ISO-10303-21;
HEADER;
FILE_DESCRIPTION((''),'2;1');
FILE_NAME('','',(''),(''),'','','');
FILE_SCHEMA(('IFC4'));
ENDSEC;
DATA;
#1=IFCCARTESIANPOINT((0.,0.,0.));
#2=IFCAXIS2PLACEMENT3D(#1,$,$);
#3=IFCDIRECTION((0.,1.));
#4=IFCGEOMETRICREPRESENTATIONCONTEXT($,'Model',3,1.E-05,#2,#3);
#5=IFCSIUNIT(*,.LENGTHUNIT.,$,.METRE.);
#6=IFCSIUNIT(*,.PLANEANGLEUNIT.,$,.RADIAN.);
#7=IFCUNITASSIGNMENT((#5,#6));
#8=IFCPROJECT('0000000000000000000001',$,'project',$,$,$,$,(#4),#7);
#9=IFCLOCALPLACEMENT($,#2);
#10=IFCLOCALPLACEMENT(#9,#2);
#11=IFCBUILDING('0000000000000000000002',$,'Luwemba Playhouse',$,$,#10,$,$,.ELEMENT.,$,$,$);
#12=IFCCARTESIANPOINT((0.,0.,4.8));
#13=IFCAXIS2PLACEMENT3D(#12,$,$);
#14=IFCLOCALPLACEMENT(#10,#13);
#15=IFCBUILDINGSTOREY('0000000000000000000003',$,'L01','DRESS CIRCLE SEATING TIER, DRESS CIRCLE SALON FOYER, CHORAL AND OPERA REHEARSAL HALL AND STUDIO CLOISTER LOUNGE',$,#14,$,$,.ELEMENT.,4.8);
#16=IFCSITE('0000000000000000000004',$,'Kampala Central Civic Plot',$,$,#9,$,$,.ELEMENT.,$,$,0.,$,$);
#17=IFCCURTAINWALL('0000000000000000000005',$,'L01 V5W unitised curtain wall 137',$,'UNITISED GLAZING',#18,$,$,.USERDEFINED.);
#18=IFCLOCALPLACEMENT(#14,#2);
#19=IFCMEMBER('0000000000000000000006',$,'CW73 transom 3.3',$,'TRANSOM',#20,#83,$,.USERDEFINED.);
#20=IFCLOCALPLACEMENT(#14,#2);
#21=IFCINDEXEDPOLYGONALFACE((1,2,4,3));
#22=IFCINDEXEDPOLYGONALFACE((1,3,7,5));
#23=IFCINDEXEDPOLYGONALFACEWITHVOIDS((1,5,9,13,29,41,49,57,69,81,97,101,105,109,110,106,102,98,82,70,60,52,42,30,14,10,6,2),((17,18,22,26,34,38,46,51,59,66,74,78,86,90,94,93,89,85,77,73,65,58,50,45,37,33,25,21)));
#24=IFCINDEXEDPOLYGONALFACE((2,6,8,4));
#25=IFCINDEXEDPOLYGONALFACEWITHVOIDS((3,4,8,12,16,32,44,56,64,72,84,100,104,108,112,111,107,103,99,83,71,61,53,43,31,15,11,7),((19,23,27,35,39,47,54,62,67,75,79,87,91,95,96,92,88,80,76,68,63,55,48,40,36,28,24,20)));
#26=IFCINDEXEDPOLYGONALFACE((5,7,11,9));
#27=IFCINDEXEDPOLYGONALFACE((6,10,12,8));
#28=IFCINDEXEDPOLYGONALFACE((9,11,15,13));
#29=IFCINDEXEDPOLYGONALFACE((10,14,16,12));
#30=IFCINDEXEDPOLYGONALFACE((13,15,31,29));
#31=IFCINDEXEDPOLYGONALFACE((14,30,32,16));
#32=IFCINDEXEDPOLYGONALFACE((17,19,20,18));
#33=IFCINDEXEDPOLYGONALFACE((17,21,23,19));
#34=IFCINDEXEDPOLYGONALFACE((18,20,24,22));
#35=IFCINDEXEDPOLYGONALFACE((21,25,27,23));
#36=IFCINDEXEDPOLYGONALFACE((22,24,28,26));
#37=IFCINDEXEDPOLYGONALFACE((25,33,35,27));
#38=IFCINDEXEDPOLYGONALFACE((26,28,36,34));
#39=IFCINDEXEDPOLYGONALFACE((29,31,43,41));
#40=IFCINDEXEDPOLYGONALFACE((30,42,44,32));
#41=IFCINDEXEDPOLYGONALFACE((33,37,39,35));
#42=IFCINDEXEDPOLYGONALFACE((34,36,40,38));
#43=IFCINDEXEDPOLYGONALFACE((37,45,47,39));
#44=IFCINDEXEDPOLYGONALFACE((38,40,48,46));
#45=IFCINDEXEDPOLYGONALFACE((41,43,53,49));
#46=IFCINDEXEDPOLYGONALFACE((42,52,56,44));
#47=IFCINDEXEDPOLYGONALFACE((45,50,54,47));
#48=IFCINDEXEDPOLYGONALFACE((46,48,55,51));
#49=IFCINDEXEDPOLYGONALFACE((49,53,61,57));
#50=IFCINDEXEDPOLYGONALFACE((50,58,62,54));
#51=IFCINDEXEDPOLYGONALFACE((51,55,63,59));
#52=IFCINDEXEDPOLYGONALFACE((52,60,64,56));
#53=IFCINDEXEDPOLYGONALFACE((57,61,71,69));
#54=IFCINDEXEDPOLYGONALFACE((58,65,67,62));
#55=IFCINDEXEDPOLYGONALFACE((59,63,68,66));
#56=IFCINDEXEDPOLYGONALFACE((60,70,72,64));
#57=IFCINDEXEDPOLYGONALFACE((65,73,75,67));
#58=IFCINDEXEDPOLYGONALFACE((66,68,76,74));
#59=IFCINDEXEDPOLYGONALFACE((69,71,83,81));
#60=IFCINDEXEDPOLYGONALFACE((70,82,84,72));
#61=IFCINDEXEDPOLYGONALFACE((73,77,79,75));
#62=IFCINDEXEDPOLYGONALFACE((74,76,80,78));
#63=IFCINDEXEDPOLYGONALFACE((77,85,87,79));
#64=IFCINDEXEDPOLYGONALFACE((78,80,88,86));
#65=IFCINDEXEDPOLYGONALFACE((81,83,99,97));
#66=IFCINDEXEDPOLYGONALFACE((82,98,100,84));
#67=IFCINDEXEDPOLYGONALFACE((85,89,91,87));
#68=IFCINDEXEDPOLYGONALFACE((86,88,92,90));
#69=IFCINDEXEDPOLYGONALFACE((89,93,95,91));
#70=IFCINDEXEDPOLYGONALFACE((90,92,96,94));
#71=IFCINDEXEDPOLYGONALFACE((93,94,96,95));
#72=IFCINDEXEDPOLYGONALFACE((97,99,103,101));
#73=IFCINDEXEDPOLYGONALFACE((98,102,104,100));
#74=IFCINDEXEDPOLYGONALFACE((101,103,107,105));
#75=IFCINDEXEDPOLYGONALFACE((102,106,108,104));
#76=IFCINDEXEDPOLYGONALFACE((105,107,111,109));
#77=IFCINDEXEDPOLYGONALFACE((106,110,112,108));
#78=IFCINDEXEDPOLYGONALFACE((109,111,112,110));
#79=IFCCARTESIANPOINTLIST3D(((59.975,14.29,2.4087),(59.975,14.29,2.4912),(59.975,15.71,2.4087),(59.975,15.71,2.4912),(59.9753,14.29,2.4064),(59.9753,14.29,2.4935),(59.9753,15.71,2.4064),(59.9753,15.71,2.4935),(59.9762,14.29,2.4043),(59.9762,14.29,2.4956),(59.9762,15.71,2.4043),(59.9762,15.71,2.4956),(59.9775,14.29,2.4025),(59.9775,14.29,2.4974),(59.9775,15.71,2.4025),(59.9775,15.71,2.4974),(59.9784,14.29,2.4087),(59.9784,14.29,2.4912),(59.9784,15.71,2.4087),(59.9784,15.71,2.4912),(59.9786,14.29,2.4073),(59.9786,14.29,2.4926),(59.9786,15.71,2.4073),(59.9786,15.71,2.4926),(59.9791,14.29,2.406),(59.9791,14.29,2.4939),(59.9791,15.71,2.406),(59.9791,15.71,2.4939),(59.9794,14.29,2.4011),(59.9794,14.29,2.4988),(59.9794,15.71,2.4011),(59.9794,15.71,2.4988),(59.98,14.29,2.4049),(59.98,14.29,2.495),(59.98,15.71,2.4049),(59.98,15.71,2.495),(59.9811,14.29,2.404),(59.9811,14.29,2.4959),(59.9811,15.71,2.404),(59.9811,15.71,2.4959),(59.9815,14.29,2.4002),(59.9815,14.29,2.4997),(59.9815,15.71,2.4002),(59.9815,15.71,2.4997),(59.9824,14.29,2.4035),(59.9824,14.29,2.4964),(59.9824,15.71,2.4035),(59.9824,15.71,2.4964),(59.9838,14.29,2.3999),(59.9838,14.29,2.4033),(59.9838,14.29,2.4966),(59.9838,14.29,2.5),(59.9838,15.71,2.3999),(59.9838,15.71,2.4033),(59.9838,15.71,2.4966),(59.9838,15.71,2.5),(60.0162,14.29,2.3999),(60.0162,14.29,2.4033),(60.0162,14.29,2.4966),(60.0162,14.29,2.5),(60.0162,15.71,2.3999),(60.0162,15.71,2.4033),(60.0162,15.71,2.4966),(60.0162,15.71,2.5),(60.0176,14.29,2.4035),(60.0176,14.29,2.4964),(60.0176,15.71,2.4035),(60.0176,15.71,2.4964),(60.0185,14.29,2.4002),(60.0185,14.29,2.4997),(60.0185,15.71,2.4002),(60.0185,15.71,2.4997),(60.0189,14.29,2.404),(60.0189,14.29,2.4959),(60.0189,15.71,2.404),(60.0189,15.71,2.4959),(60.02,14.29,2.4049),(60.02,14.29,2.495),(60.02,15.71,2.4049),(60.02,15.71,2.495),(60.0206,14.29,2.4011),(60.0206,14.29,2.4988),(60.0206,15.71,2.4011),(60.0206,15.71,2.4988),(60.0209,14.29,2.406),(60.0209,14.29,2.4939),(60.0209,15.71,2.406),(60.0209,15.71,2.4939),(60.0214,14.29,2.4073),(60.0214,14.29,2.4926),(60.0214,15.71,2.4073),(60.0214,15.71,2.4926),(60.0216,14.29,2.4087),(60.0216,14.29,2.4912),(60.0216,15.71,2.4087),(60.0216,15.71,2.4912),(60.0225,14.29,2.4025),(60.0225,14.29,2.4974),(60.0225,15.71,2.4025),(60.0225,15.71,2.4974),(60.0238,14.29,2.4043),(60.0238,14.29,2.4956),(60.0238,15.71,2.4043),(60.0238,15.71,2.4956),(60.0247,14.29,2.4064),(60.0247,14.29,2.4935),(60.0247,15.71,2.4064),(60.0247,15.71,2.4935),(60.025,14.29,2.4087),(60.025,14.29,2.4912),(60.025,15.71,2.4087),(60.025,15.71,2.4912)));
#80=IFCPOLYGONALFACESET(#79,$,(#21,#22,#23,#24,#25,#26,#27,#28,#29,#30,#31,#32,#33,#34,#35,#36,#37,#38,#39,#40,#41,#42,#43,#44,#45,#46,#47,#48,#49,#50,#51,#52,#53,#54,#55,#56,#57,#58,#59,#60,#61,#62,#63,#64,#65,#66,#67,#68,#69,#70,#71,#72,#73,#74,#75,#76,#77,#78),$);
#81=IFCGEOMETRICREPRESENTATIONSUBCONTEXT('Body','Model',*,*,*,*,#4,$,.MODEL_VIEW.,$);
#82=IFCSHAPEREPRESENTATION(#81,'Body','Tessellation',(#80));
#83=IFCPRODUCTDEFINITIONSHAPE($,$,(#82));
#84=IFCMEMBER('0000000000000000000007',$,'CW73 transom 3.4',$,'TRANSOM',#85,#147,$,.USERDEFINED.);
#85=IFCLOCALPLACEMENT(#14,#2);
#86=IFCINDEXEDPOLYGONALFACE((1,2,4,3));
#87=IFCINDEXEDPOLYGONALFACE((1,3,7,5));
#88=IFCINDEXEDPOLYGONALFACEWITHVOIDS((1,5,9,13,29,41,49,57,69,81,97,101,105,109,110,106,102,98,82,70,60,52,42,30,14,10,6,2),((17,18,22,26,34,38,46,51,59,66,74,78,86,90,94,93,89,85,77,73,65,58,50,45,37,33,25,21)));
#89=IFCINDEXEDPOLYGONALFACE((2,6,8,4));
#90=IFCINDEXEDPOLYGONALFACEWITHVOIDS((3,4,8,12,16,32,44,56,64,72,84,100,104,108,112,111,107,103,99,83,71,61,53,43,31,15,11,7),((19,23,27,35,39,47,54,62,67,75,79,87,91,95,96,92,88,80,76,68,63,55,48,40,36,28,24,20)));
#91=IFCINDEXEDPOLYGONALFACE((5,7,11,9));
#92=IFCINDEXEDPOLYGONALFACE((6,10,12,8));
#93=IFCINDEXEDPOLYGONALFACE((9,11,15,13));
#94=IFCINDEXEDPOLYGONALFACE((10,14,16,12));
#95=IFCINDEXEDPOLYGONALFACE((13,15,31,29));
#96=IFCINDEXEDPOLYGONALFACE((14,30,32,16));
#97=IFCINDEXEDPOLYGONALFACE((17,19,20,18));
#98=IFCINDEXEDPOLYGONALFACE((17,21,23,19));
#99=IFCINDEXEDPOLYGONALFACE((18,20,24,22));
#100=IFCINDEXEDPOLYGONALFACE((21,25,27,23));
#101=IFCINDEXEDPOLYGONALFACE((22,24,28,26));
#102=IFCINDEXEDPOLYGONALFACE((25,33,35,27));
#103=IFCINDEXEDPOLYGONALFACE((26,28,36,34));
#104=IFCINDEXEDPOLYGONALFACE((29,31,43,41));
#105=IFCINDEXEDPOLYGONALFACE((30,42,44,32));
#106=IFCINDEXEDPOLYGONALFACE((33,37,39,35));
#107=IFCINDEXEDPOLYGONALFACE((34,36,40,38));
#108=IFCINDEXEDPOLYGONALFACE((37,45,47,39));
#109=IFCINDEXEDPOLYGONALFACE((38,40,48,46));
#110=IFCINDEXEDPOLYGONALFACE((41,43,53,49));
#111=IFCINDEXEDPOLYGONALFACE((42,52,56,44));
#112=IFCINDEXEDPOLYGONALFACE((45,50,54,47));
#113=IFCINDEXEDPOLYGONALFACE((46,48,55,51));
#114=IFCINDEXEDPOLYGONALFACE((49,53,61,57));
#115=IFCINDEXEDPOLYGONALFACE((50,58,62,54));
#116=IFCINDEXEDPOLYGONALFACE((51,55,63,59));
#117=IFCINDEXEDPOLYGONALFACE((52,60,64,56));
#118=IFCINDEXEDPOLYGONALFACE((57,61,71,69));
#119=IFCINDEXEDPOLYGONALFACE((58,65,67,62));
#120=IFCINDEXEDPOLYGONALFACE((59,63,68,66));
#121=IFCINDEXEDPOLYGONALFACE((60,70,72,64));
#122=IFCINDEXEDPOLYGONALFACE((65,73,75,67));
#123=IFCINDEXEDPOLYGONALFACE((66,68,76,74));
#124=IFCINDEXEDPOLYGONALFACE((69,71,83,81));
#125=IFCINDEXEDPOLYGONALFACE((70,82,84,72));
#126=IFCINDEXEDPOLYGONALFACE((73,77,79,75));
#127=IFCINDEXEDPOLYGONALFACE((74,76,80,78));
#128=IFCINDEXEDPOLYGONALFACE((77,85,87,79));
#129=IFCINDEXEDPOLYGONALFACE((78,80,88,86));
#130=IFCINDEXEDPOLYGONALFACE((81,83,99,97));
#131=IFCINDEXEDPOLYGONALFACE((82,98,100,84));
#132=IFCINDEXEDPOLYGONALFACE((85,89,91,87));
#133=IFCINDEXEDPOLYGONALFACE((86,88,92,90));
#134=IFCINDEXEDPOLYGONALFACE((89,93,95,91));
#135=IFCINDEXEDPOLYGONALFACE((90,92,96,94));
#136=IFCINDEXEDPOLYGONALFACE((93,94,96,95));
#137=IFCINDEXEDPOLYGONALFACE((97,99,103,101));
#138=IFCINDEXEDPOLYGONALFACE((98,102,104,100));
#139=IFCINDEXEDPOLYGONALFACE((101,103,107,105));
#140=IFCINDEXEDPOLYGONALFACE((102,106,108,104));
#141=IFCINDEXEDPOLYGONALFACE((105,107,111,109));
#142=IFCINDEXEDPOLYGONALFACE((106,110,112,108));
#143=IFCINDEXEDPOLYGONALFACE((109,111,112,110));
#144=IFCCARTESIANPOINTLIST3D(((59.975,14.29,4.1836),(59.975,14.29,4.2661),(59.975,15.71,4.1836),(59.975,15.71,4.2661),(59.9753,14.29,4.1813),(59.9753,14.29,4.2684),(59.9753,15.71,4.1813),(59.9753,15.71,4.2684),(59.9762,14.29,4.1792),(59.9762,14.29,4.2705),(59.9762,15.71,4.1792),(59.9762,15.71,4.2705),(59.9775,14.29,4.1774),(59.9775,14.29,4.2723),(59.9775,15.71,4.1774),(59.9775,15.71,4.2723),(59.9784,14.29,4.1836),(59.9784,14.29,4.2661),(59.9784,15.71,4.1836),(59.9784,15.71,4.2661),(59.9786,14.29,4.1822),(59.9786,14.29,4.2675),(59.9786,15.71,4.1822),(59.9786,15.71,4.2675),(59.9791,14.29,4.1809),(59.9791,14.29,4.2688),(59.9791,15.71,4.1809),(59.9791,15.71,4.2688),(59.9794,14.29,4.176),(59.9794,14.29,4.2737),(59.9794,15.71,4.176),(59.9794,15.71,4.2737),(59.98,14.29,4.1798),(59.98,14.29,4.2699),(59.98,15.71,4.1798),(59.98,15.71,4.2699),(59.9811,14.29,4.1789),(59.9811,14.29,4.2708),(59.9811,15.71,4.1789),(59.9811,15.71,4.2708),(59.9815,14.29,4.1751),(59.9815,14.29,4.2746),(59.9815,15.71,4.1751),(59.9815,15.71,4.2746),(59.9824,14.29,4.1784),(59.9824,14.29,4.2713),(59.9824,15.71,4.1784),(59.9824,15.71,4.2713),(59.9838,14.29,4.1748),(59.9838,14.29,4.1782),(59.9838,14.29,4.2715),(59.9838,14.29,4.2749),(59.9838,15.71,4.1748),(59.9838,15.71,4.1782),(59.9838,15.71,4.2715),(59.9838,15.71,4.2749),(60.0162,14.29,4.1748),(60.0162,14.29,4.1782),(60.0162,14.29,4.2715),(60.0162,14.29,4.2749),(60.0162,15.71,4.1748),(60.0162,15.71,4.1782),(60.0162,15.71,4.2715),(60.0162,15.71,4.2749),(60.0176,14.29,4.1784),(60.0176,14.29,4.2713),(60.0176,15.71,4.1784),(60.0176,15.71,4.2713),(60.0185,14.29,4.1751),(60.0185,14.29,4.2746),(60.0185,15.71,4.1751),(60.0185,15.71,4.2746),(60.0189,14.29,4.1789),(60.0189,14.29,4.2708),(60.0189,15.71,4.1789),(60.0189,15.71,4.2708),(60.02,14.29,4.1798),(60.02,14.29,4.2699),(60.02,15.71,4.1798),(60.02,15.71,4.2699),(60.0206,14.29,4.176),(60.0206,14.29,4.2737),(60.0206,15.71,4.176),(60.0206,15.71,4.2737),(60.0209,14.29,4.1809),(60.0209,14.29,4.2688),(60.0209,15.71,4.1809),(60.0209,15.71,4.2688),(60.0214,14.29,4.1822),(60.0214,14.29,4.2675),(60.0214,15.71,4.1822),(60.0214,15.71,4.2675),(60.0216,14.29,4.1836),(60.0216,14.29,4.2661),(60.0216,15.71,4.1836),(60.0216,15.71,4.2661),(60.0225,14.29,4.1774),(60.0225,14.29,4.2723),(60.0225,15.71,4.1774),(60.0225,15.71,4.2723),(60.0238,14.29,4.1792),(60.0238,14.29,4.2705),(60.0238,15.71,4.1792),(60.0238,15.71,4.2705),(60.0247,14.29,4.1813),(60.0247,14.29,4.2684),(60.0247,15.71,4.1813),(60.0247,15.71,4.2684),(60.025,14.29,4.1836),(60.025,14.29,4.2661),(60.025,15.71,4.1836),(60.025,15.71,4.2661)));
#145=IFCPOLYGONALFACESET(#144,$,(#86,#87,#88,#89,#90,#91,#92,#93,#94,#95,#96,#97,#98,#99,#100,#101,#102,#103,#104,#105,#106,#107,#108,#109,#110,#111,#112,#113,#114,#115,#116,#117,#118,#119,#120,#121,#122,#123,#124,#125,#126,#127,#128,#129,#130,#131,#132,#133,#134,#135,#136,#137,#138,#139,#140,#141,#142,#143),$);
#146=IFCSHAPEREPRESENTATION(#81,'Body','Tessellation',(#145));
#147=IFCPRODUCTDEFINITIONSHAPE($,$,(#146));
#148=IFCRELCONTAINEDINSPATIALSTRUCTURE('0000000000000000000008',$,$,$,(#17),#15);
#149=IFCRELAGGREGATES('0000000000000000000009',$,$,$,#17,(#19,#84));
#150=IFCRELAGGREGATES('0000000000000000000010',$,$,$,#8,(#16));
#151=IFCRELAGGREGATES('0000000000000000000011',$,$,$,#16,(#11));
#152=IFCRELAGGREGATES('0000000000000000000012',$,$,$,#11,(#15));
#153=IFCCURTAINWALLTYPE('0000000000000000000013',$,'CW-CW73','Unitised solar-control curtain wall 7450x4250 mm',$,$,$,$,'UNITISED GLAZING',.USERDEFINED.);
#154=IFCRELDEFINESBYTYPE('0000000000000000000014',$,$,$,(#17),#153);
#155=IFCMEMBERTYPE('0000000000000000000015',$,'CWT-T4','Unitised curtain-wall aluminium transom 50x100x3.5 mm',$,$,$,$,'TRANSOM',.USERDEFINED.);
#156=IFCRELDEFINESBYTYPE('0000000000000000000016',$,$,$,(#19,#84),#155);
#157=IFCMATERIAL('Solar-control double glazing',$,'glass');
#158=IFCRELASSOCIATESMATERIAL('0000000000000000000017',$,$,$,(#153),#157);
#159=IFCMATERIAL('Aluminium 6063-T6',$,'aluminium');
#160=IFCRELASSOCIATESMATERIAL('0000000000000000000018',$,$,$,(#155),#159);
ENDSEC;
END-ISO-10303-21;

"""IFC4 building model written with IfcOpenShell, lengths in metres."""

from ifc_helpers import new_model, si_unit, direction, frame, origin, origin_2d, place, context, subcontext, project, spatial, hollow_rectangle, extrude, material, material_profile, profile_set, type_object, element, aggregate, save


model = new_model("IFC4")

# Units and contexts
model_context = context("Model", 3, precision=1e-05, world=origin(), true_north=direction((0.0, 1.0)))
body_context = subcontext(model_context, "Body", "Model", "MODEL_VIEW")
ifc_project = project(units=[si_unit("LENGTHUNIT", "METRE"), si_unit("PLANEANGLEUNIT", "RADIAN")], contexts=[model_context])

# Site, building, storey
site_placement = place(None, origin())
site = spatial("IfcSite", under=ifc_project, at=site_placement, Name="Kampala Central Civic Plot", CompositionType="ELEMENT", RefElevation=0.0)
building_placement = place(site_placement, origin())
building = spatial("IfcBuilding", under=site, at=building_placement, Name="Luwemba Playhouse", CompositionType="ELEMENT")
storey_placement = place(building_placement, frame((0.0, 0.0, 4.8)))
storey = spatial("IfcBuildingStorey", under=building, at=storey_placement, Name="L01", Description="DRESS CIRCLE SEATING TIER, DRESS CIRCLE SALON FOYER, CHORAL AND OPERA REHEARSAL HALL AND STUDIO CLOISTER LOUNGE", CompositionType="ELEMENT", Elevation=4.8)

# Curtain wall, members
ifc_material_1 = material(Name="Solar-control double glazing", Category="glass")
curtain_wall_type = type_object("IfcCurtainWallType", Name="CW-CW73", Description="Unitised solar-control curtain wall 7450x4250 mm", ElementType="UNITISED GLAZING", PredefinedType="USERDEFINED", material=ifc_material_1)
curtain_wall_placement = place(storey_placement, origin())
curtain_wall = element("IfcCurtainWall", 1, at=curtain_wall_placement, inside=storey, type_object=curtain_wall_type, Name="L01 V5W unitised curtain wall 137", ObjectType="UNITISED GLAZING", PredefinedType="USERDEFINED")
ifc_material_2 = material(Name="Aluminium 6063-T6", Category="aluminium")
ifc_material_profile_1 = material_profile(ifc_material_2, hollow_rectangle(XDim=0.05, YDim=0.1001, WallThickness=0.0034, InnerFilletRadius=0.0054, OuterFilletRadius=0.0088, at=origin_2d()))
ifc_profile_set_1 = profile_set([ifc_material_profile_1], Name="Aluminium 6063-T6")
member_type_1 = type_object("IfcMemberType", Name="CWT-T4", Description="Unitised curtain-wall aluminium transom 50x100x3.5 mm", ElementType="TRANSOM", PredefinedType="USERDEFINED", material=ifc_profile_set_1)
member_1_placement = place(storey_placement, frame((60.0, 15.71, 2.45), z_axis=(0.0, -1.0, 0.0), x_axis=(1.0, 0.0, 0.0)))
member_1 = element("IfcMember", 2, at=member_1_placement, type_object=member_type_1, Name="CW73 transom 3.3", ObjectType="TRANSOM", PredefinedType="USERDEFINED", context=body_context, shape_type="SweptSolid", body=[
    extrude(hollow_rectangle(XDim=0.05, YDim=0.1001, WallThickness=0.0034, InnerFilletRadius=0.0054, OuterFilletRadius=0.0088, at=origin_2d()), origin(), (0.0, 0.0, 1.0), 1.4199),
])
member_2_placement = place(storey_placement, frame((60.0, 15.71, 4.2249), z_axis=(0.0, -1.0, 0.0), x_axis=(1.0, 0.0, 0.0)))
member_2 = element("IfcMember", 3, at=member_2_placement, type_object=member_type_1, Name="CW73 transom 3.4", ObjectType="TRANSOM", PredefinedType="USERDEFINED", context=body_context, shape_type="SweptSolid", body=[
    extrude(hollow_rectangle(XDim=0.05, YDim=0.1001, WallThickness=0.0034, InnerFilletRadius=0.0054, OuterFilletRadius=0.0088, at=origin_2d()), origin(), (0.0, 0.0, 1.0), 1.4199),
])
aggregate(curtain_wall, [member_1, member_2])

save(model, "model.ifc")
